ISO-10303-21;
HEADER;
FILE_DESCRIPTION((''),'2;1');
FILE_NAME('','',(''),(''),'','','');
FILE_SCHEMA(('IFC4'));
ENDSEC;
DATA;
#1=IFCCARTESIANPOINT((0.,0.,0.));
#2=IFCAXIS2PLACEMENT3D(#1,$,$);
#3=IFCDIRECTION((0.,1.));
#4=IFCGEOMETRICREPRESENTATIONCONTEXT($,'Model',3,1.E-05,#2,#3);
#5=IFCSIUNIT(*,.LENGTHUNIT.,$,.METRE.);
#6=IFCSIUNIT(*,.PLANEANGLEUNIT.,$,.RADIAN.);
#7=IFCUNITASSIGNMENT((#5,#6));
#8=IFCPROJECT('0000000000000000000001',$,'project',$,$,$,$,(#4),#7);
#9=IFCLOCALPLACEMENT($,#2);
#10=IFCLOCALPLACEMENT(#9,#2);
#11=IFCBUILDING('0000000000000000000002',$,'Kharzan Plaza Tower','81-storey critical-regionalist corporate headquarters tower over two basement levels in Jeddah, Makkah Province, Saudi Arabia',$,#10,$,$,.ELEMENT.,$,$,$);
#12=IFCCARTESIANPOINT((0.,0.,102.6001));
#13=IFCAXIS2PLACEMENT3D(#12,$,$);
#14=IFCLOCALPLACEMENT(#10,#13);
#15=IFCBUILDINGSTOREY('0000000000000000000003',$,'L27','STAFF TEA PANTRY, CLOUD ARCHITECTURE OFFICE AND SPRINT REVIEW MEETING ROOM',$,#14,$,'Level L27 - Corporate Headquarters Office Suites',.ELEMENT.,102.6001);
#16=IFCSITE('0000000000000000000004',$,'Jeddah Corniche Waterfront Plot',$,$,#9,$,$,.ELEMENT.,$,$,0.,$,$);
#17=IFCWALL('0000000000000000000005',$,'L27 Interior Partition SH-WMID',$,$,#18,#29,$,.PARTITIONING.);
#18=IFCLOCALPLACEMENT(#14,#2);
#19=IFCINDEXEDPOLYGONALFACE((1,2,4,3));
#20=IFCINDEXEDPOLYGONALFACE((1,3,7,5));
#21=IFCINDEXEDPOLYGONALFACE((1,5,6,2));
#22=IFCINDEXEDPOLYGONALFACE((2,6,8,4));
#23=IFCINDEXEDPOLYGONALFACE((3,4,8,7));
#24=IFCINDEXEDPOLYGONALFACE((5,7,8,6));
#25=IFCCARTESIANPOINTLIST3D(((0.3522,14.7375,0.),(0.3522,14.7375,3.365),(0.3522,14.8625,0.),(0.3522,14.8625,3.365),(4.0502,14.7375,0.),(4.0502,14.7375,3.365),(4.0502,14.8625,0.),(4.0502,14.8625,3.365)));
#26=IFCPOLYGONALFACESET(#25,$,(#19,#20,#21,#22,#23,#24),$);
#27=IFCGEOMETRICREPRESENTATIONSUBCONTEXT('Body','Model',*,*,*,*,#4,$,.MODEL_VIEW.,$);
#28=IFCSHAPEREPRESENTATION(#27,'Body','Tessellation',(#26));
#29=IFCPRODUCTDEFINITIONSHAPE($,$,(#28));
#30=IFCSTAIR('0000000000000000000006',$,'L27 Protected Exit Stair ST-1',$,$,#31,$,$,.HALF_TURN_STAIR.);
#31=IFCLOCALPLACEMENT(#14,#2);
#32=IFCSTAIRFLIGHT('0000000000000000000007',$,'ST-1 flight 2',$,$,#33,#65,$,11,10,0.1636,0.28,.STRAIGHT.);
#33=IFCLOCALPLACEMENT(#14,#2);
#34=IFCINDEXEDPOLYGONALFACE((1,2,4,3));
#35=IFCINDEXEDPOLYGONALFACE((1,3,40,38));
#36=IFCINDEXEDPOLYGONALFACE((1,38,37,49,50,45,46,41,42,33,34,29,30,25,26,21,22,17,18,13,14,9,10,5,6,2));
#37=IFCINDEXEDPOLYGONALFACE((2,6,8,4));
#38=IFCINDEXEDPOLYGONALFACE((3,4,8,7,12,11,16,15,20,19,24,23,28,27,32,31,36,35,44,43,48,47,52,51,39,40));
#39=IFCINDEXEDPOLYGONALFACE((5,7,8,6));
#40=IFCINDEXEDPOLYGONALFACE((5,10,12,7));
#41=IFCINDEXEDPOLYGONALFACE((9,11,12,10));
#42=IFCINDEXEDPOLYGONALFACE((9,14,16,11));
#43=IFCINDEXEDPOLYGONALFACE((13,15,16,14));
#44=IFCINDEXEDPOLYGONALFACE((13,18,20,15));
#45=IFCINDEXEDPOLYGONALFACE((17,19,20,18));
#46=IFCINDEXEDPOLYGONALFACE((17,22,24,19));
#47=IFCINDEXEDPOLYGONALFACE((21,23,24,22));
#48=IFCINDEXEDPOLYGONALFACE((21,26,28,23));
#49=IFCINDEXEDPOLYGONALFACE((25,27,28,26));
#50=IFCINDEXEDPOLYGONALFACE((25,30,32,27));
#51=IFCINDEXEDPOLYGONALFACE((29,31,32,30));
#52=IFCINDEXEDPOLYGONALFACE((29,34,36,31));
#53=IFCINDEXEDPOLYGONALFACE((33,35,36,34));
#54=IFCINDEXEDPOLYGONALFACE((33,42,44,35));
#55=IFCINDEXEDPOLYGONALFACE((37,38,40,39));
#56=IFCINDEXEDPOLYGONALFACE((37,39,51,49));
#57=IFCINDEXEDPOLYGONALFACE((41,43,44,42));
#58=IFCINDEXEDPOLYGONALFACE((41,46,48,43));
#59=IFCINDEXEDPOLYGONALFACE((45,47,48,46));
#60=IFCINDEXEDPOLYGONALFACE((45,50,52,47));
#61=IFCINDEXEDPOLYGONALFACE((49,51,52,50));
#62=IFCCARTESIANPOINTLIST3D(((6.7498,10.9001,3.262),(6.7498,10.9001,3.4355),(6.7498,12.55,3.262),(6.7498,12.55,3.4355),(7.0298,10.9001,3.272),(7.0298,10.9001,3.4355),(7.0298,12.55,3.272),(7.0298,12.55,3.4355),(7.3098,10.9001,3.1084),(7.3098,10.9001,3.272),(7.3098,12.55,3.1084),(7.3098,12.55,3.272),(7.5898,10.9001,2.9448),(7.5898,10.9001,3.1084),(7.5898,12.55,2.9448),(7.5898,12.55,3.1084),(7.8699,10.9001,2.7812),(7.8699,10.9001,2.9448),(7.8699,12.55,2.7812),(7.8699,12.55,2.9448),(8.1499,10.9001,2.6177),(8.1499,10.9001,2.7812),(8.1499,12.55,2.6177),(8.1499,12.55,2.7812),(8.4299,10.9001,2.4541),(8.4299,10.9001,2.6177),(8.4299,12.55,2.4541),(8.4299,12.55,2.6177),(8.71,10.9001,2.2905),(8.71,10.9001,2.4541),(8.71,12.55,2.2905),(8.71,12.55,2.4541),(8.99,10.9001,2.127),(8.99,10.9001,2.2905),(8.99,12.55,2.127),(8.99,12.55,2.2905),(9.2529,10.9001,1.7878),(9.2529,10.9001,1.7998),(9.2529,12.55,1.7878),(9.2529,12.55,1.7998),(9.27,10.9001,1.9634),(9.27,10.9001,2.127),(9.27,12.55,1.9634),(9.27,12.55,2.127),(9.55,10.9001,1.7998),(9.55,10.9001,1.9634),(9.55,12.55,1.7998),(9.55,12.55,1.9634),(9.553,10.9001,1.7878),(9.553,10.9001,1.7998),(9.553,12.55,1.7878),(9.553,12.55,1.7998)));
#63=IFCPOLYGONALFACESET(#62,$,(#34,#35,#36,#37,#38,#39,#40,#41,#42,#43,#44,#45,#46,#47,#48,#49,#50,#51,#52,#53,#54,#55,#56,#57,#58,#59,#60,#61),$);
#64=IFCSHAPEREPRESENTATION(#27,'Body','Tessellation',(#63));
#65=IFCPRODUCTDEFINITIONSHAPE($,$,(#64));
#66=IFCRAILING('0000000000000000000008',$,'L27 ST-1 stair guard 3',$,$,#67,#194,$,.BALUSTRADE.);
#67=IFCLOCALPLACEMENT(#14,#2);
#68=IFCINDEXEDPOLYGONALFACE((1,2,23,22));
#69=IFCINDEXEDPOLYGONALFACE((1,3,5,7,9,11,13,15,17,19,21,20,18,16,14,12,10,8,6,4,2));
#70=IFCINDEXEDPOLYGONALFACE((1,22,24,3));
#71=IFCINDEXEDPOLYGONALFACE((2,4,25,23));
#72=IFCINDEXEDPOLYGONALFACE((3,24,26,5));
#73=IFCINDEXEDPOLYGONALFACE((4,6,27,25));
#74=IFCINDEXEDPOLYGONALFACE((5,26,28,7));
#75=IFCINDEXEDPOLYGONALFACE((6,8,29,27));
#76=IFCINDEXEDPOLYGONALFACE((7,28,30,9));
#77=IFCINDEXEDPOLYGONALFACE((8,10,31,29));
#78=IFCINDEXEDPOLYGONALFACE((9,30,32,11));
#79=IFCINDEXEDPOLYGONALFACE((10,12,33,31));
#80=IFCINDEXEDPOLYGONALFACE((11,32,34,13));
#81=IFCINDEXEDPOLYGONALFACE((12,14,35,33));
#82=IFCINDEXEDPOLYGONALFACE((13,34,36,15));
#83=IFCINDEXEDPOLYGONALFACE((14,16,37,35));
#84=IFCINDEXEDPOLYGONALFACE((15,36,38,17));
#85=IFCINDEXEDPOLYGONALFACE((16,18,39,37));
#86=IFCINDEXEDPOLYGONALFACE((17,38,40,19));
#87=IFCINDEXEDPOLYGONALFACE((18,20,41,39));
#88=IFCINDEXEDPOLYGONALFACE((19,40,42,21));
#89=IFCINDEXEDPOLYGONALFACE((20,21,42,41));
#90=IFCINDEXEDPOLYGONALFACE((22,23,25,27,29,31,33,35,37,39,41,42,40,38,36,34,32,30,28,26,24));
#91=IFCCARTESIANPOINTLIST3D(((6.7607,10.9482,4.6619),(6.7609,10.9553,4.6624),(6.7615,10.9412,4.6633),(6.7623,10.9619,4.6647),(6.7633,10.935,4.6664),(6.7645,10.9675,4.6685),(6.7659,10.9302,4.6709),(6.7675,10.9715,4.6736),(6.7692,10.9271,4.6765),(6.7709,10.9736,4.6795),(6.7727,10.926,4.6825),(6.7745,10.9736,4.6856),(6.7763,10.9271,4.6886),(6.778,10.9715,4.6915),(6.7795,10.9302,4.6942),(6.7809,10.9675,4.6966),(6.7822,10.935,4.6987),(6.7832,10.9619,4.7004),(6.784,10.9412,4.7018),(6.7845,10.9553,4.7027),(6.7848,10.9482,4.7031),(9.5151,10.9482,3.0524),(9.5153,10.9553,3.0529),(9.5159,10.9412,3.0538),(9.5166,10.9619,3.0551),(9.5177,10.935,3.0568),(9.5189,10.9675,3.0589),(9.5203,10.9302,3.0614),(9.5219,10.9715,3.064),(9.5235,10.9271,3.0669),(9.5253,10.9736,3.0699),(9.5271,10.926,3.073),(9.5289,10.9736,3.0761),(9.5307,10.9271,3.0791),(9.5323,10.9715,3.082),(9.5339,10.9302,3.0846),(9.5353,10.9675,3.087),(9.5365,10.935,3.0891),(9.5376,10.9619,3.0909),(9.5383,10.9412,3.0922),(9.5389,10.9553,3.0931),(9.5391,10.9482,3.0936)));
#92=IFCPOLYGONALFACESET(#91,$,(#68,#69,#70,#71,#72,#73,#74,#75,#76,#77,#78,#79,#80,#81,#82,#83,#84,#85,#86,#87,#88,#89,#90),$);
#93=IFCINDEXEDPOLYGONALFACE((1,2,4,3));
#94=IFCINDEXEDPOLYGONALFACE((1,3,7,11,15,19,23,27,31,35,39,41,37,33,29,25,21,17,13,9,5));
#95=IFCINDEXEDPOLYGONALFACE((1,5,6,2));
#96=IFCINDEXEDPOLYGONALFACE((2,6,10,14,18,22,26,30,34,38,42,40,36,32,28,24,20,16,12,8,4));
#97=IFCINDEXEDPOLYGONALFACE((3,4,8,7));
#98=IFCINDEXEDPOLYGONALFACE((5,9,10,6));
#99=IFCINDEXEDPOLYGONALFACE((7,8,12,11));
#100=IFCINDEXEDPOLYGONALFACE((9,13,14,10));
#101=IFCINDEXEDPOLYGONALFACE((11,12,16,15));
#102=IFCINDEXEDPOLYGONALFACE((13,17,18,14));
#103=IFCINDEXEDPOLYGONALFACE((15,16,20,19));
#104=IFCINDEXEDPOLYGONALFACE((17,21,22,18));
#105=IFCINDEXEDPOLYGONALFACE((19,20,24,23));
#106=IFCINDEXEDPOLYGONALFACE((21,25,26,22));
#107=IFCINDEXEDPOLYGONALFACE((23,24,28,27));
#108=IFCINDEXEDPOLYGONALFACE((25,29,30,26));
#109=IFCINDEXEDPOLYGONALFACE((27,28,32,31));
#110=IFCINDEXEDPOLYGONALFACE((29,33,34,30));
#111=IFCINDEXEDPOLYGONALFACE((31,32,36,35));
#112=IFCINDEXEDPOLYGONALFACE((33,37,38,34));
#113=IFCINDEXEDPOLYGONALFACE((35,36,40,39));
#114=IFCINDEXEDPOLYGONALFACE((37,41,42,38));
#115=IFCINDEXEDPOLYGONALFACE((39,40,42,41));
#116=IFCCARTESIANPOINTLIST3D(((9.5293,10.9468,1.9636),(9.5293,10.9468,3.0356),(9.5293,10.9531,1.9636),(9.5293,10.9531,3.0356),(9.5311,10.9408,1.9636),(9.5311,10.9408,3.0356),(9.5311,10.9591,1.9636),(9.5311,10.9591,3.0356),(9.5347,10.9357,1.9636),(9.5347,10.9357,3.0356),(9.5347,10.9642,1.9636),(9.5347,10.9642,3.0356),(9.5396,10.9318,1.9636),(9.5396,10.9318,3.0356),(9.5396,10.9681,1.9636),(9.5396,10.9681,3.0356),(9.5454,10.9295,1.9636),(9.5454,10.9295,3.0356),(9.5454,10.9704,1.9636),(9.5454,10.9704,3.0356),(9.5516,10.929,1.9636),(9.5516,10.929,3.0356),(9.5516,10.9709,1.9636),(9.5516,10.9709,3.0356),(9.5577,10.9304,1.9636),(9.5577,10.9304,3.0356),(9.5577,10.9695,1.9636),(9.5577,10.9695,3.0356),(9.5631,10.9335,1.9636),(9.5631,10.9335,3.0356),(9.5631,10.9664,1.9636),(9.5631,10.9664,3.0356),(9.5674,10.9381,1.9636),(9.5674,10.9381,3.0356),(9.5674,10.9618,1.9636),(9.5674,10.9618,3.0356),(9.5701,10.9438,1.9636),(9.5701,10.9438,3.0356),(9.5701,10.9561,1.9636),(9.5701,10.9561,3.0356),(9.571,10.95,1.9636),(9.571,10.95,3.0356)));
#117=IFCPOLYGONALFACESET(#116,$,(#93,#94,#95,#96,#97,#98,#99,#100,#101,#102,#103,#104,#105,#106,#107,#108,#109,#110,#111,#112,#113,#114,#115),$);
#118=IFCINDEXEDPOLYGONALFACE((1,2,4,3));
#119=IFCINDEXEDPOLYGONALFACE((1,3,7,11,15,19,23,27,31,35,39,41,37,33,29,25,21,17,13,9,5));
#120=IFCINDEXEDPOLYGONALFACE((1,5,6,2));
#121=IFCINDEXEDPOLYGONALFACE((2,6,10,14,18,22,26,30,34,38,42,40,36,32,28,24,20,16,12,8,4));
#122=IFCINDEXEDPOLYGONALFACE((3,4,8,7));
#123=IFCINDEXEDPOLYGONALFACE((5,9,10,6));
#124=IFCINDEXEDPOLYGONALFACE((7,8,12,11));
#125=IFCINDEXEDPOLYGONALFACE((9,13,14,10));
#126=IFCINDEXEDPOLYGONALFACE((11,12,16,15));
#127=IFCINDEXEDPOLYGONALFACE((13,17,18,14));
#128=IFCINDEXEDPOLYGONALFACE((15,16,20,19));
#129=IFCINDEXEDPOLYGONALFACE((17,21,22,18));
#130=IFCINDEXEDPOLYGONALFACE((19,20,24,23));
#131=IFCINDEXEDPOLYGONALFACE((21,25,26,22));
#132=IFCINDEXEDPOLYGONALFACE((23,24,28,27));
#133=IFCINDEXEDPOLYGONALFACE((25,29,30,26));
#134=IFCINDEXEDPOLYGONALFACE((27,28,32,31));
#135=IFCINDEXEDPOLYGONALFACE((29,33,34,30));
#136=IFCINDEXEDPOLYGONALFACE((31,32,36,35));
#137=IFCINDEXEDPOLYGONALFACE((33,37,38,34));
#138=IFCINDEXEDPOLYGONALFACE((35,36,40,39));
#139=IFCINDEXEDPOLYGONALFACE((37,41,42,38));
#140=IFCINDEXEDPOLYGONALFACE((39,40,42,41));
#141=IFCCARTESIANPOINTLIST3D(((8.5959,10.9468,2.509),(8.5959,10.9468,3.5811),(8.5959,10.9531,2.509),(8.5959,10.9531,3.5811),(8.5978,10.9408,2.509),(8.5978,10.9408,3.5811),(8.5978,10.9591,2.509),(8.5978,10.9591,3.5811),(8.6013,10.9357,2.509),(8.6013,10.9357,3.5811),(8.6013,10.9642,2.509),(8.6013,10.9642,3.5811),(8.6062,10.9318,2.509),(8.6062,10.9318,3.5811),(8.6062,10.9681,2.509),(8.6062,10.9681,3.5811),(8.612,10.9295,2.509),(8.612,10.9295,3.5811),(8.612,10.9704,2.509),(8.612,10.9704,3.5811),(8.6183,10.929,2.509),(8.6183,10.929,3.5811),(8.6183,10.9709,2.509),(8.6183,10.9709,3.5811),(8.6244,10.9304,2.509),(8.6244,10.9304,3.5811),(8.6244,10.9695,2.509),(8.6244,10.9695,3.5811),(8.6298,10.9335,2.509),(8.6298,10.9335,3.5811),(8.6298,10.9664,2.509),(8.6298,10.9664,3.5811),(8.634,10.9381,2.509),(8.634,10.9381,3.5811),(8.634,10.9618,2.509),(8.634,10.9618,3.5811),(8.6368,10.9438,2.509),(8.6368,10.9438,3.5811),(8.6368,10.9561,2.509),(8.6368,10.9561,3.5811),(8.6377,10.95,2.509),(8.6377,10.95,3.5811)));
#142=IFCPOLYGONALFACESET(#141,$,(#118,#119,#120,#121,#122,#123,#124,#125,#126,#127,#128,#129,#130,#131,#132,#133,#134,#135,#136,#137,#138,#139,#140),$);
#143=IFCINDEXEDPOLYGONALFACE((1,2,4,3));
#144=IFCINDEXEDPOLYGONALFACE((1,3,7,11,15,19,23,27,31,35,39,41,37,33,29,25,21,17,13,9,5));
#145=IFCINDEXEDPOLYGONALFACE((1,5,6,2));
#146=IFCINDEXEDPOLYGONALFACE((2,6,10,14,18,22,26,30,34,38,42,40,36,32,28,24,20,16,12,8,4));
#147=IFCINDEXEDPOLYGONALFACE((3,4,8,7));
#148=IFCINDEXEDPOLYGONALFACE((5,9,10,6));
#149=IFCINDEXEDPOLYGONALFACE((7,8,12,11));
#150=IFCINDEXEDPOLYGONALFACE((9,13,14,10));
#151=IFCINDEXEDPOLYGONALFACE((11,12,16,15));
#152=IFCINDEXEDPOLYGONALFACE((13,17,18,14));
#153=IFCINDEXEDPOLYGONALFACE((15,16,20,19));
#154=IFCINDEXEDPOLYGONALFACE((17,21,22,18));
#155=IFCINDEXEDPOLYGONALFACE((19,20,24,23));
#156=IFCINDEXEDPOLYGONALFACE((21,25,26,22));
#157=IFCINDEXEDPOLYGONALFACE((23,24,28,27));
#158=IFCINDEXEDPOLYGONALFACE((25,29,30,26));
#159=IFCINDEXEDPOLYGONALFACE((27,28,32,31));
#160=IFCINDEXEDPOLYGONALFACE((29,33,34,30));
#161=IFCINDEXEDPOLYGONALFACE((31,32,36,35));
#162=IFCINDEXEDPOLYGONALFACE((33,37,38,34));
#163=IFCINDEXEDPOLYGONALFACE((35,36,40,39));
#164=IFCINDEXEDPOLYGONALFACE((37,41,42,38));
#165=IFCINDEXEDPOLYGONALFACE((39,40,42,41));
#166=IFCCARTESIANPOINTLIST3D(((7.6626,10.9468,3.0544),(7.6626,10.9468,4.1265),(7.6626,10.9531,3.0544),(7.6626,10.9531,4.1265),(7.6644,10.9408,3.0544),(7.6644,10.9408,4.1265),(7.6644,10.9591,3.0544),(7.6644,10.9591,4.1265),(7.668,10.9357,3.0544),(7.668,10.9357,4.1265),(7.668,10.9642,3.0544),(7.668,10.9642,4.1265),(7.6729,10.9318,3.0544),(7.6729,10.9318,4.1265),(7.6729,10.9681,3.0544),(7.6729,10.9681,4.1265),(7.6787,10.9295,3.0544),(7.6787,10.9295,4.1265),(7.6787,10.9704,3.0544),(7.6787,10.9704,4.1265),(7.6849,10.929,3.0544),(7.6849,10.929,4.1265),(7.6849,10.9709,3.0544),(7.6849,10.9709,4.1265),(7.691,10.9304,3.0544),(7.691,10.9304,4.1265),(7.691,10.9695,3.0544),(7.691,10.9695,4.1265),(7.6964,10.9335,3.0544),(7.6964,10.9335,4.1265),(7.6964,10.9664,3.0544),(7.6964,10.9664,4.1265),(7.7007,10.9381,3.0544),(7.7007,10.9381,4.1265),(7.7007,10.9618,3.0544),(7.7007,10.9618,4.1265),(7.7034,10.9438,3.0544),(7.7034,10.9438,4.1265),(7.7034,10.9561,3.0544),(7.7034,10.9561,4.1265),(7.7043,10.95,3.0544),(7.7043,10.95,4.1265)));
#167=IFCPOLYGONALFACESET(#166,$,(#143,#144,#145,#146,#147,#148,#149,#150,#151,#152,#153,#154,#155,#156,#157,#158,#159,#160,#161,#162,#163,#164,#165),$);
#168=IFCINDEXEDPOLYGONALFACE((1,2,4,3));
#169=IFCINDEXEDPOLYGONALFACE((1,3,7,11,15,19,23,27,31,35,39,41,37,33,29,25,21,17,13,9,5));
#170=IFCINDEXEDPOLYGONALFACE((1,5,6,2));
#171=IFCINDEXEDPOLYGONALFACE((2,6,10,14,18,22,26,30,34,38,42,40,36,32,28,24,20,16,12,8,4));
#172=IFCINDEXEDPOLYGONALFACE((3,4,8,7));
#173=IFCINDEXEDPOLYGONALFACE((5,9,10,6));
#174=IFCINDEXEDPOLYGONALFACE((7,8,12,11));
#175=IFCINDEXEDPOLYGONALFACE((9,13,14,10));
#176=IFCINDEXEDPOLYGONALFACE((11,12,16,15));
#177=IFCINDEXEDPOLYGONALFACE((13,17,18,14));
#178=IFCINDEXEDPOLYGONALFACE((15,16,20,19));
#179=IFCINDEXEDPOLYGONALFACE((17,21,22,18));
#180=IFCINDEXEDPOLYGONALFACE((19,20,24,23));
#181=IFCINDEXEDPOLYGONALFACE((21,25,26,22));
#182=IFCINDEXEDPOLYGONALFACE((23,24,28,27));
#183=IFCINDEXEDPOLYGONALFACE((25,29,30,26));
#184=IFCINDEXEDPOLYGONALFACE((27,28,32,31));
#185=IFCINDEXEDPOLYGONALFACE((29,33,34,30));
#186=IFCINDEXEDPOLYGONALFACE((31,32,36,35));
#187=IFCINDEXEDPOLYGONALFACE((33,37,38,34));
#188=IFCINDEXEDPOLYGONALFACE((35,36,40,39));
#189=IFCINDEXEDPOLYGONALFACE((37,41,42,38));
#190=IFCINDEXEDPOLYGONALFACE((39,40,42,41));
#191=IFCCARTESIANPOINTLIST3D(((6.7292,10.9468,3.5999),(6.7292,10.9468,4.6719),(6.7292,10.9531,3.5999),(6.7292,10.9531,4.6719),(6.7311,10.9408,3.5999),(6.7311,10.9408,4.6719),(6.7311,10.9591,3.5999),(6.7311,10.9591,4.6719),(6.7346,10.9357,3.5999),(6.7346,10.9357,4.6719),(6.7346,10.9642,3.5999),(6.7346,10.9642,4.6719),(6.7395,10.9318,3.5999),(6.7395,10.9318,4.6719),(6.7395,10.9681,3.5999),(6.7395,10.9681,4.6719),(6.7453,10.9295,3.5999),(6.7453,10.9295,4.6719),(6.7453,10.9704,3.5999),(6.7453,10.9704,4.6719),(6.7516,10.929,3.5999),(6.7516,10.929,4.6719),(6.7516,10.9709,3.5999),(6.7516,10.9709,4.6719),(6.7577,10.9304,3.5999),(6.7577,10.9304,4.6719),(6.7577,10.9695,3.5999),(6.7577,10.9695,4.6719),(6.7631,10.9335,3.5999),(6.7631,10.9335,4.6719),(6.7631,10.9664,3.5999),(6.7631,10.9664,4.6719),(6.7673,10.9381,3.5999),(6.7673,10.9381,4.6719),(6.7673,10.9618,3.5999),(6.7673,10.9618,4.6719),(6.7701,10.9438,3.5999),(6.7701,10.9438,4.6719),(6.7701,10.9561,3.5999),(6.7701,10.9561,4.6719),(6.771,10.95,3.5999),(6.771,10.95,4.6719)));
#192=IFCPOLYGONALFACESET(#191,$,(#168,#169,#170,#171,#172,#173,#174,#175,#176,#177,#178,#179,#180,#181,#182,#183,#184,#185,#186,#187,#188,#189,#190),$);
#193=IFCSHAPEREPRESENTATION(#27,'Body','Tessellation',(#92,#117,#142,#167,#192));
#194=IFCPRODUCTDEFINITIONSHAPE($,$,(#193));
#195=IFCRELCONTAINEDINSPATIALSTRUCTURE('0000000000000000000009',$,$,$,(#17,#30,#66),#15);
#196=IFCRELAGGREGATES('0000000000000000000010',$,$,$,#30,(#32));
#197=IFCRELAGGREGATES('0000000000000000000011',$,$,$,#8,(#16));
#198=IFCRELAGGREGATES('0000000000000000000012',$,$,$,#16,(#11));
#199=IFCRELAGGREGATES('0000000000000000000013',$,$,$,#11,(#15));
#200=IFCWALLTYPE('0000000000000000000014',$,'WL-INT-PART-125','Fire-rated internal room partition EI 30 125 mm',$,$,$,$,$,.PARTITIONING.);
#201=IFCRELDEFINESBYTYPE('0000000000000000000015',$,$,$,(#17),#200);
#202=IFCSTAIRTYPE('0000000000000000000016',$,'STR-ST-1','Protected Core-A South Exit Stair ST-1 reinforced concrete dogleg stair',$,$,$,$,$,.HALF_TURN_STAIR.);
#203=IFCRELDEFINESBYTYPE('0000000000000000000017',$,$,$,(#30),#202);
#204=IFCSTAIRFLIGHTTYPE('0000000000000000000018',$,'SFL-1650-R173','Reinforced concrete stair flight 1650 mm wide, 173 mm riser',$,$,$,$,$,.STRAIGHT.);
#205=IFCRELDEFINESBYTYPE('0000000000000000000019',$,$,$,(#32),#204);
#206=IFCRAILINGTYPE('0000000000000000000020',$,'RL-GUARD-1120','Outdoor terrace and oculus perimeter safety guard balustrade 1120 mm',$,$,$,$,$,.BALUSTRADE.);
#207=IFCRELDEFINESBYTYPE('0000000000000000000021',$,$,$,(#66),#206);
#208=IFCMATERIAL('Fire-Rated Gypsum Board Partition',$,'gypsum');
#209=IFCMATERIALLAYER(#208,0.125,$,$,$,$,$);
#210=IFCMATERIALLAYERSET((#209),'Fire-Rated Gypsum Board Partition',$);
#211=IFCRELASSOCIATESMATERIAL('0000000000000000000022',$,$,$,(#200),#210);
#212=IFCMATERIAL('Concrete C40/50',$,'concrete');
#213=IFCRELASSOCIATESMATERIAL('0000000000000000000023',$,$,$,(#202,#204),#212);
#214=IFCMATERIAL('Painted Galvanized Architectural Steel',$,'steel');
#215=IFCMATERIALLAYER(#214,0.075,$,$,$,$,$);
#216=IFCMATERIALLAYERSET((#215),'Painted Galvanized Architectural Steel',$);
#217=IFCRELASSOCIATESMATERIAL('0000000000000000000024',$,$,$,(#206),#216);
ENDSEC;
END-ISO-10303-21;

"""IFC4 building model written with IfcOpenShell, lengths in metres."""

from ifc_helpers import new_model, si_unit, direction, frame, frame_2d, origin, origin_2d, place, context, subcontext, project, spatial, polyline, rectangle, circle, outline, extrude, source, transform, mapped, material, layer, layer_set, type_object, element, aggregate, save


model = new_model("IFC4")

# Units and contexts
model_context = context("Model", 3, precision=1e-05, world=origin(), true_north=direction((0.0, 1.0)))
body_context = subcontext(model_context, "Body", "Model", "MODEL_VIEW")
ifc_project = project(units=[si_unit("LENGTHUNIT", "METRE"), si_unit("PLANEANGLEUNIT", "RADIAN")], contexts=[model_context])

# Site, building, storey
site_placement = place(None, origin())
site = spatial("IfcSite", under=ifc_project, at=site_placement, Name="Jeddah Corniche Waterfront Plot", CompositionType="ELEMENT", RefElevation=0.0)
building_placement = place(site_placement, origin())
building = spatial("IfcBuilding", under=site, at=building_placement, Name="Kharzan Plaza Tower", Description="81-storey critical-regionalist corporate headquarters tower over two basement levels in Jeddah, Makkah Province, Saudi Arabia", CompositionType="ELEMENT")
storey_placement = place(building_placement, frame((0.0, 0.0, 102.6001)))
storey = spatial("IfcBuildingStorey", under=building, at=storey_placement, Name="L27", Description="STAFF TEA PANTRY, CLOUD ARCHITECTURE OFFICE AND SPRINT REVIEW MEETING ROOM", LongName="Level L27 - Corporate Headquarters Office Suites", CompositionType="ELEMENT", Elevation=102.6001)

# Shared definitions
ifc_material_1 = material(Name="Concrete C40/50", Category="concrete")

# Shared definitions
ifc_material_2 = material(Name="Fire-Rated Gypsum Board Partition", Category="gypsum")
ifc_layer_1 = layer(ifc_material_2, 0.125)
ifc_layer_set_1 = layer_set([ifc_layer_1], Name="Fire-Rated Gypsum Board Partition")
wall_type_1 = type_object("IfcWallType", Name="WL-INT-PART-125", Description="Fire-rated internal room partition EI 30 125 mm", PredefinedType="PARTITIONING", material=ifc_layer_set_1)

# Wall
shared_shape_1 = source(origin(), body_context, "Body", "SweptSolid", [
    extrude(rectangle(XDim=3.698, YDim=0.125, at=frame_2d((1.8491, 0.0))), origin(), (0.0, 0.0, 1.0), 3.365),
])
wall_1_placement = place(storey_placement, frame((0.3521, 14.8, 0.0), z_axis=(0.0, 0.0, 1.0), x_axis=(1.0, 0.0, 0.0)))
element("IfcWall", 1, at=wall_1_placement, inside=storey, type_object=wall_type_1, Name="L27 Interior Partition SH-WMID", PredefinedType="PARTITIONING", context=body_context, shape_type="MappedRepresentation", body=[
    mapped(shared_shape_1, transform((0.0, 0.0, 0.0), x_axis=(1.0, 0.0, 0.0), y_axis=(0.0, 1.0, 0.0), z_axis=(0.0, 0.0, 1.0))),
])

# Stair, stair flight
stair_type = type_object("IfcStairType", Name="STR-ST-1", Description="Protected Core-A South Exit Stair ST-1 reinforced concrete dogleg stair", PredefinedType="HALF_TURN_STAIR", material=ifc_material_1)
stair_placement = place(storey_placement, origin())
stair = element("IfcStair", 2, at=stair_placement, inside=storey, type_object=stair_type, Name="L27 Protected Exit Stair ST-1", PredefinedType="HALF_TURN_STAIR")
stair_flight_type = type_object("IfcStairFlightType", Name="SFL-1650-R173", Description="Reinforced concrete stair flight 1650 mm wide, 173 mm riser", PredefinedType="STRAIGHT", material=ifc_material_1)
shared_shape_2 = source(origin(), body_context, "Body", "SweptSolid", [
    extrude(outline(polyline([(-0.0029, -0.012), (-0.0029, 0.0), (0.0, 0.0), (0.0, 0.1636), (0.28, 0.1636), (0.28, 0.3271), (0.5601, 0.3271), (0.5601, 0.4907), (0.8401, 0.4907), (0.8401, 0.6543), (1.1201, 0.6543), (1.1201, 0.8179), (1.4001, 0.8179), (1.4001, 0.9814), (1.6802, 0.9814), (1.6802, 1.145), (1.9602, 1.145), (1.9602, 1.3086), (2.2402, 1.3086), (2.2402, 1.4722), (2.5203, 1.4722), (2.5203, 1.6357), (2.8003, 1.6357), (2.8003, 1.7993), (2.8003, 1.4622), (0.2971, 0.0), (0.2971, -0.012), (-0.0029, -0.012)])), frame((0.0, 0.825, 0.0), z_axis=(0.0, -1.0, 0.0), x_axis=(1.0, 0.0, 0.0)), (0.0, 0.0, 1.0), 1.6499),
])
stair_flight_placement = place(storey_placement, frame((9.55, 11.7251, 1.7998), z_axis=(0.0, 0.0, 1.0), x_axis=(-1.0, 0.0, 0.0)))
stair_flight = element("IfcStairFlight", 3, at=stair_flight_placement, type_object=stair_flight_type, Name="ST-1 flight 2", NumberOfRisers=11, NumberOfTreads=10, PredefinedType="STRAIGHT", RiserHeight=0.1636, TreadLength=0.28, context=body_context, shape_type="MappedRepresentation", body=[
    mapped(shared_shape_2, transform((0.0, 0.0, 0.0), x_axis=(1.0, 0.0, 0.0), y_axis=(0.0, 1.0, 0.0), z_axis=(0.0, 0.0, 1.0))),
])
aggregate(stair, [stair_flight])

# Railing
ifc_material_3 = material(Name="Painted Galvanized Architectural Steel", Category="steel")
ifc_layer_2 = layer(ifc_material_3, 0.075)
ifc_layer_set_2 = layer_set([ifc_layer_2], Name="Painted Galvanized Architectural Steel")
railing_type = type_object("IfcRailingType", Name="RL-GUARD-1120", Description="Outdoor terrace and oculus perimeter safety guard balustrade 1120 mm", PredefinedType="BALUSTRADE", material=ifc_layer_set_2)
shared_shape_3 = source(origin(), body_context, "Body", "SweptSolid", [
    extrude(circle(Radius=0.0239, at=origin_2d()), frame((-0.0229, 0.0, 1.1094), z_axis=(-0.863394, 0.0, 0.504531), x_axis=(0.0, -1.0, 0.0)), (0.0, 0.0, 1.0), 3.1902),
    extrude(circle(Radius=0.021, at=origin_2d()), origin(), (0.0, 0.0, 1.0), 1.072),
    extrude(circle(Radius=0.021, at=origin_2d()), frame((-0.9333, 0.0, 0.5454)), (0.0, 0.0, 1.0), 1.072),
    extrude(circle(Radius=0.021, at=origin_2d()), frame((-1.8667, 0.0, 1.0908)), (0.0, 0.0, 1.0), 1.072),
    extrude(circle(Radius=0.021, at=origin_2d()), frame((-2.8, 0.0, 1.6362)), (0.0, 0.0, 1.0), 1.072),
])
railing_placement = place(storey_placement, frame((9.55, 10.95, 1.9636)))
element("IfcRailing", 4, at=railing_placement, inside=storey, type_object=railing_type, Name="L27 ST-1 stair guard 3", PredefinedType="BALUSTRADE", context=body_context, shape_type="MappedRepresentation", body=[
    mapped(shared_shape_3, transform((0.0, 0.0, 0.0), x_axis=(1.0, 0.0, 0.0), y_axis=(0.0, 1.0, 0.0), z_axis=(0.0, 0.0, 1.0))),
])

save(model, "model.ifc")
